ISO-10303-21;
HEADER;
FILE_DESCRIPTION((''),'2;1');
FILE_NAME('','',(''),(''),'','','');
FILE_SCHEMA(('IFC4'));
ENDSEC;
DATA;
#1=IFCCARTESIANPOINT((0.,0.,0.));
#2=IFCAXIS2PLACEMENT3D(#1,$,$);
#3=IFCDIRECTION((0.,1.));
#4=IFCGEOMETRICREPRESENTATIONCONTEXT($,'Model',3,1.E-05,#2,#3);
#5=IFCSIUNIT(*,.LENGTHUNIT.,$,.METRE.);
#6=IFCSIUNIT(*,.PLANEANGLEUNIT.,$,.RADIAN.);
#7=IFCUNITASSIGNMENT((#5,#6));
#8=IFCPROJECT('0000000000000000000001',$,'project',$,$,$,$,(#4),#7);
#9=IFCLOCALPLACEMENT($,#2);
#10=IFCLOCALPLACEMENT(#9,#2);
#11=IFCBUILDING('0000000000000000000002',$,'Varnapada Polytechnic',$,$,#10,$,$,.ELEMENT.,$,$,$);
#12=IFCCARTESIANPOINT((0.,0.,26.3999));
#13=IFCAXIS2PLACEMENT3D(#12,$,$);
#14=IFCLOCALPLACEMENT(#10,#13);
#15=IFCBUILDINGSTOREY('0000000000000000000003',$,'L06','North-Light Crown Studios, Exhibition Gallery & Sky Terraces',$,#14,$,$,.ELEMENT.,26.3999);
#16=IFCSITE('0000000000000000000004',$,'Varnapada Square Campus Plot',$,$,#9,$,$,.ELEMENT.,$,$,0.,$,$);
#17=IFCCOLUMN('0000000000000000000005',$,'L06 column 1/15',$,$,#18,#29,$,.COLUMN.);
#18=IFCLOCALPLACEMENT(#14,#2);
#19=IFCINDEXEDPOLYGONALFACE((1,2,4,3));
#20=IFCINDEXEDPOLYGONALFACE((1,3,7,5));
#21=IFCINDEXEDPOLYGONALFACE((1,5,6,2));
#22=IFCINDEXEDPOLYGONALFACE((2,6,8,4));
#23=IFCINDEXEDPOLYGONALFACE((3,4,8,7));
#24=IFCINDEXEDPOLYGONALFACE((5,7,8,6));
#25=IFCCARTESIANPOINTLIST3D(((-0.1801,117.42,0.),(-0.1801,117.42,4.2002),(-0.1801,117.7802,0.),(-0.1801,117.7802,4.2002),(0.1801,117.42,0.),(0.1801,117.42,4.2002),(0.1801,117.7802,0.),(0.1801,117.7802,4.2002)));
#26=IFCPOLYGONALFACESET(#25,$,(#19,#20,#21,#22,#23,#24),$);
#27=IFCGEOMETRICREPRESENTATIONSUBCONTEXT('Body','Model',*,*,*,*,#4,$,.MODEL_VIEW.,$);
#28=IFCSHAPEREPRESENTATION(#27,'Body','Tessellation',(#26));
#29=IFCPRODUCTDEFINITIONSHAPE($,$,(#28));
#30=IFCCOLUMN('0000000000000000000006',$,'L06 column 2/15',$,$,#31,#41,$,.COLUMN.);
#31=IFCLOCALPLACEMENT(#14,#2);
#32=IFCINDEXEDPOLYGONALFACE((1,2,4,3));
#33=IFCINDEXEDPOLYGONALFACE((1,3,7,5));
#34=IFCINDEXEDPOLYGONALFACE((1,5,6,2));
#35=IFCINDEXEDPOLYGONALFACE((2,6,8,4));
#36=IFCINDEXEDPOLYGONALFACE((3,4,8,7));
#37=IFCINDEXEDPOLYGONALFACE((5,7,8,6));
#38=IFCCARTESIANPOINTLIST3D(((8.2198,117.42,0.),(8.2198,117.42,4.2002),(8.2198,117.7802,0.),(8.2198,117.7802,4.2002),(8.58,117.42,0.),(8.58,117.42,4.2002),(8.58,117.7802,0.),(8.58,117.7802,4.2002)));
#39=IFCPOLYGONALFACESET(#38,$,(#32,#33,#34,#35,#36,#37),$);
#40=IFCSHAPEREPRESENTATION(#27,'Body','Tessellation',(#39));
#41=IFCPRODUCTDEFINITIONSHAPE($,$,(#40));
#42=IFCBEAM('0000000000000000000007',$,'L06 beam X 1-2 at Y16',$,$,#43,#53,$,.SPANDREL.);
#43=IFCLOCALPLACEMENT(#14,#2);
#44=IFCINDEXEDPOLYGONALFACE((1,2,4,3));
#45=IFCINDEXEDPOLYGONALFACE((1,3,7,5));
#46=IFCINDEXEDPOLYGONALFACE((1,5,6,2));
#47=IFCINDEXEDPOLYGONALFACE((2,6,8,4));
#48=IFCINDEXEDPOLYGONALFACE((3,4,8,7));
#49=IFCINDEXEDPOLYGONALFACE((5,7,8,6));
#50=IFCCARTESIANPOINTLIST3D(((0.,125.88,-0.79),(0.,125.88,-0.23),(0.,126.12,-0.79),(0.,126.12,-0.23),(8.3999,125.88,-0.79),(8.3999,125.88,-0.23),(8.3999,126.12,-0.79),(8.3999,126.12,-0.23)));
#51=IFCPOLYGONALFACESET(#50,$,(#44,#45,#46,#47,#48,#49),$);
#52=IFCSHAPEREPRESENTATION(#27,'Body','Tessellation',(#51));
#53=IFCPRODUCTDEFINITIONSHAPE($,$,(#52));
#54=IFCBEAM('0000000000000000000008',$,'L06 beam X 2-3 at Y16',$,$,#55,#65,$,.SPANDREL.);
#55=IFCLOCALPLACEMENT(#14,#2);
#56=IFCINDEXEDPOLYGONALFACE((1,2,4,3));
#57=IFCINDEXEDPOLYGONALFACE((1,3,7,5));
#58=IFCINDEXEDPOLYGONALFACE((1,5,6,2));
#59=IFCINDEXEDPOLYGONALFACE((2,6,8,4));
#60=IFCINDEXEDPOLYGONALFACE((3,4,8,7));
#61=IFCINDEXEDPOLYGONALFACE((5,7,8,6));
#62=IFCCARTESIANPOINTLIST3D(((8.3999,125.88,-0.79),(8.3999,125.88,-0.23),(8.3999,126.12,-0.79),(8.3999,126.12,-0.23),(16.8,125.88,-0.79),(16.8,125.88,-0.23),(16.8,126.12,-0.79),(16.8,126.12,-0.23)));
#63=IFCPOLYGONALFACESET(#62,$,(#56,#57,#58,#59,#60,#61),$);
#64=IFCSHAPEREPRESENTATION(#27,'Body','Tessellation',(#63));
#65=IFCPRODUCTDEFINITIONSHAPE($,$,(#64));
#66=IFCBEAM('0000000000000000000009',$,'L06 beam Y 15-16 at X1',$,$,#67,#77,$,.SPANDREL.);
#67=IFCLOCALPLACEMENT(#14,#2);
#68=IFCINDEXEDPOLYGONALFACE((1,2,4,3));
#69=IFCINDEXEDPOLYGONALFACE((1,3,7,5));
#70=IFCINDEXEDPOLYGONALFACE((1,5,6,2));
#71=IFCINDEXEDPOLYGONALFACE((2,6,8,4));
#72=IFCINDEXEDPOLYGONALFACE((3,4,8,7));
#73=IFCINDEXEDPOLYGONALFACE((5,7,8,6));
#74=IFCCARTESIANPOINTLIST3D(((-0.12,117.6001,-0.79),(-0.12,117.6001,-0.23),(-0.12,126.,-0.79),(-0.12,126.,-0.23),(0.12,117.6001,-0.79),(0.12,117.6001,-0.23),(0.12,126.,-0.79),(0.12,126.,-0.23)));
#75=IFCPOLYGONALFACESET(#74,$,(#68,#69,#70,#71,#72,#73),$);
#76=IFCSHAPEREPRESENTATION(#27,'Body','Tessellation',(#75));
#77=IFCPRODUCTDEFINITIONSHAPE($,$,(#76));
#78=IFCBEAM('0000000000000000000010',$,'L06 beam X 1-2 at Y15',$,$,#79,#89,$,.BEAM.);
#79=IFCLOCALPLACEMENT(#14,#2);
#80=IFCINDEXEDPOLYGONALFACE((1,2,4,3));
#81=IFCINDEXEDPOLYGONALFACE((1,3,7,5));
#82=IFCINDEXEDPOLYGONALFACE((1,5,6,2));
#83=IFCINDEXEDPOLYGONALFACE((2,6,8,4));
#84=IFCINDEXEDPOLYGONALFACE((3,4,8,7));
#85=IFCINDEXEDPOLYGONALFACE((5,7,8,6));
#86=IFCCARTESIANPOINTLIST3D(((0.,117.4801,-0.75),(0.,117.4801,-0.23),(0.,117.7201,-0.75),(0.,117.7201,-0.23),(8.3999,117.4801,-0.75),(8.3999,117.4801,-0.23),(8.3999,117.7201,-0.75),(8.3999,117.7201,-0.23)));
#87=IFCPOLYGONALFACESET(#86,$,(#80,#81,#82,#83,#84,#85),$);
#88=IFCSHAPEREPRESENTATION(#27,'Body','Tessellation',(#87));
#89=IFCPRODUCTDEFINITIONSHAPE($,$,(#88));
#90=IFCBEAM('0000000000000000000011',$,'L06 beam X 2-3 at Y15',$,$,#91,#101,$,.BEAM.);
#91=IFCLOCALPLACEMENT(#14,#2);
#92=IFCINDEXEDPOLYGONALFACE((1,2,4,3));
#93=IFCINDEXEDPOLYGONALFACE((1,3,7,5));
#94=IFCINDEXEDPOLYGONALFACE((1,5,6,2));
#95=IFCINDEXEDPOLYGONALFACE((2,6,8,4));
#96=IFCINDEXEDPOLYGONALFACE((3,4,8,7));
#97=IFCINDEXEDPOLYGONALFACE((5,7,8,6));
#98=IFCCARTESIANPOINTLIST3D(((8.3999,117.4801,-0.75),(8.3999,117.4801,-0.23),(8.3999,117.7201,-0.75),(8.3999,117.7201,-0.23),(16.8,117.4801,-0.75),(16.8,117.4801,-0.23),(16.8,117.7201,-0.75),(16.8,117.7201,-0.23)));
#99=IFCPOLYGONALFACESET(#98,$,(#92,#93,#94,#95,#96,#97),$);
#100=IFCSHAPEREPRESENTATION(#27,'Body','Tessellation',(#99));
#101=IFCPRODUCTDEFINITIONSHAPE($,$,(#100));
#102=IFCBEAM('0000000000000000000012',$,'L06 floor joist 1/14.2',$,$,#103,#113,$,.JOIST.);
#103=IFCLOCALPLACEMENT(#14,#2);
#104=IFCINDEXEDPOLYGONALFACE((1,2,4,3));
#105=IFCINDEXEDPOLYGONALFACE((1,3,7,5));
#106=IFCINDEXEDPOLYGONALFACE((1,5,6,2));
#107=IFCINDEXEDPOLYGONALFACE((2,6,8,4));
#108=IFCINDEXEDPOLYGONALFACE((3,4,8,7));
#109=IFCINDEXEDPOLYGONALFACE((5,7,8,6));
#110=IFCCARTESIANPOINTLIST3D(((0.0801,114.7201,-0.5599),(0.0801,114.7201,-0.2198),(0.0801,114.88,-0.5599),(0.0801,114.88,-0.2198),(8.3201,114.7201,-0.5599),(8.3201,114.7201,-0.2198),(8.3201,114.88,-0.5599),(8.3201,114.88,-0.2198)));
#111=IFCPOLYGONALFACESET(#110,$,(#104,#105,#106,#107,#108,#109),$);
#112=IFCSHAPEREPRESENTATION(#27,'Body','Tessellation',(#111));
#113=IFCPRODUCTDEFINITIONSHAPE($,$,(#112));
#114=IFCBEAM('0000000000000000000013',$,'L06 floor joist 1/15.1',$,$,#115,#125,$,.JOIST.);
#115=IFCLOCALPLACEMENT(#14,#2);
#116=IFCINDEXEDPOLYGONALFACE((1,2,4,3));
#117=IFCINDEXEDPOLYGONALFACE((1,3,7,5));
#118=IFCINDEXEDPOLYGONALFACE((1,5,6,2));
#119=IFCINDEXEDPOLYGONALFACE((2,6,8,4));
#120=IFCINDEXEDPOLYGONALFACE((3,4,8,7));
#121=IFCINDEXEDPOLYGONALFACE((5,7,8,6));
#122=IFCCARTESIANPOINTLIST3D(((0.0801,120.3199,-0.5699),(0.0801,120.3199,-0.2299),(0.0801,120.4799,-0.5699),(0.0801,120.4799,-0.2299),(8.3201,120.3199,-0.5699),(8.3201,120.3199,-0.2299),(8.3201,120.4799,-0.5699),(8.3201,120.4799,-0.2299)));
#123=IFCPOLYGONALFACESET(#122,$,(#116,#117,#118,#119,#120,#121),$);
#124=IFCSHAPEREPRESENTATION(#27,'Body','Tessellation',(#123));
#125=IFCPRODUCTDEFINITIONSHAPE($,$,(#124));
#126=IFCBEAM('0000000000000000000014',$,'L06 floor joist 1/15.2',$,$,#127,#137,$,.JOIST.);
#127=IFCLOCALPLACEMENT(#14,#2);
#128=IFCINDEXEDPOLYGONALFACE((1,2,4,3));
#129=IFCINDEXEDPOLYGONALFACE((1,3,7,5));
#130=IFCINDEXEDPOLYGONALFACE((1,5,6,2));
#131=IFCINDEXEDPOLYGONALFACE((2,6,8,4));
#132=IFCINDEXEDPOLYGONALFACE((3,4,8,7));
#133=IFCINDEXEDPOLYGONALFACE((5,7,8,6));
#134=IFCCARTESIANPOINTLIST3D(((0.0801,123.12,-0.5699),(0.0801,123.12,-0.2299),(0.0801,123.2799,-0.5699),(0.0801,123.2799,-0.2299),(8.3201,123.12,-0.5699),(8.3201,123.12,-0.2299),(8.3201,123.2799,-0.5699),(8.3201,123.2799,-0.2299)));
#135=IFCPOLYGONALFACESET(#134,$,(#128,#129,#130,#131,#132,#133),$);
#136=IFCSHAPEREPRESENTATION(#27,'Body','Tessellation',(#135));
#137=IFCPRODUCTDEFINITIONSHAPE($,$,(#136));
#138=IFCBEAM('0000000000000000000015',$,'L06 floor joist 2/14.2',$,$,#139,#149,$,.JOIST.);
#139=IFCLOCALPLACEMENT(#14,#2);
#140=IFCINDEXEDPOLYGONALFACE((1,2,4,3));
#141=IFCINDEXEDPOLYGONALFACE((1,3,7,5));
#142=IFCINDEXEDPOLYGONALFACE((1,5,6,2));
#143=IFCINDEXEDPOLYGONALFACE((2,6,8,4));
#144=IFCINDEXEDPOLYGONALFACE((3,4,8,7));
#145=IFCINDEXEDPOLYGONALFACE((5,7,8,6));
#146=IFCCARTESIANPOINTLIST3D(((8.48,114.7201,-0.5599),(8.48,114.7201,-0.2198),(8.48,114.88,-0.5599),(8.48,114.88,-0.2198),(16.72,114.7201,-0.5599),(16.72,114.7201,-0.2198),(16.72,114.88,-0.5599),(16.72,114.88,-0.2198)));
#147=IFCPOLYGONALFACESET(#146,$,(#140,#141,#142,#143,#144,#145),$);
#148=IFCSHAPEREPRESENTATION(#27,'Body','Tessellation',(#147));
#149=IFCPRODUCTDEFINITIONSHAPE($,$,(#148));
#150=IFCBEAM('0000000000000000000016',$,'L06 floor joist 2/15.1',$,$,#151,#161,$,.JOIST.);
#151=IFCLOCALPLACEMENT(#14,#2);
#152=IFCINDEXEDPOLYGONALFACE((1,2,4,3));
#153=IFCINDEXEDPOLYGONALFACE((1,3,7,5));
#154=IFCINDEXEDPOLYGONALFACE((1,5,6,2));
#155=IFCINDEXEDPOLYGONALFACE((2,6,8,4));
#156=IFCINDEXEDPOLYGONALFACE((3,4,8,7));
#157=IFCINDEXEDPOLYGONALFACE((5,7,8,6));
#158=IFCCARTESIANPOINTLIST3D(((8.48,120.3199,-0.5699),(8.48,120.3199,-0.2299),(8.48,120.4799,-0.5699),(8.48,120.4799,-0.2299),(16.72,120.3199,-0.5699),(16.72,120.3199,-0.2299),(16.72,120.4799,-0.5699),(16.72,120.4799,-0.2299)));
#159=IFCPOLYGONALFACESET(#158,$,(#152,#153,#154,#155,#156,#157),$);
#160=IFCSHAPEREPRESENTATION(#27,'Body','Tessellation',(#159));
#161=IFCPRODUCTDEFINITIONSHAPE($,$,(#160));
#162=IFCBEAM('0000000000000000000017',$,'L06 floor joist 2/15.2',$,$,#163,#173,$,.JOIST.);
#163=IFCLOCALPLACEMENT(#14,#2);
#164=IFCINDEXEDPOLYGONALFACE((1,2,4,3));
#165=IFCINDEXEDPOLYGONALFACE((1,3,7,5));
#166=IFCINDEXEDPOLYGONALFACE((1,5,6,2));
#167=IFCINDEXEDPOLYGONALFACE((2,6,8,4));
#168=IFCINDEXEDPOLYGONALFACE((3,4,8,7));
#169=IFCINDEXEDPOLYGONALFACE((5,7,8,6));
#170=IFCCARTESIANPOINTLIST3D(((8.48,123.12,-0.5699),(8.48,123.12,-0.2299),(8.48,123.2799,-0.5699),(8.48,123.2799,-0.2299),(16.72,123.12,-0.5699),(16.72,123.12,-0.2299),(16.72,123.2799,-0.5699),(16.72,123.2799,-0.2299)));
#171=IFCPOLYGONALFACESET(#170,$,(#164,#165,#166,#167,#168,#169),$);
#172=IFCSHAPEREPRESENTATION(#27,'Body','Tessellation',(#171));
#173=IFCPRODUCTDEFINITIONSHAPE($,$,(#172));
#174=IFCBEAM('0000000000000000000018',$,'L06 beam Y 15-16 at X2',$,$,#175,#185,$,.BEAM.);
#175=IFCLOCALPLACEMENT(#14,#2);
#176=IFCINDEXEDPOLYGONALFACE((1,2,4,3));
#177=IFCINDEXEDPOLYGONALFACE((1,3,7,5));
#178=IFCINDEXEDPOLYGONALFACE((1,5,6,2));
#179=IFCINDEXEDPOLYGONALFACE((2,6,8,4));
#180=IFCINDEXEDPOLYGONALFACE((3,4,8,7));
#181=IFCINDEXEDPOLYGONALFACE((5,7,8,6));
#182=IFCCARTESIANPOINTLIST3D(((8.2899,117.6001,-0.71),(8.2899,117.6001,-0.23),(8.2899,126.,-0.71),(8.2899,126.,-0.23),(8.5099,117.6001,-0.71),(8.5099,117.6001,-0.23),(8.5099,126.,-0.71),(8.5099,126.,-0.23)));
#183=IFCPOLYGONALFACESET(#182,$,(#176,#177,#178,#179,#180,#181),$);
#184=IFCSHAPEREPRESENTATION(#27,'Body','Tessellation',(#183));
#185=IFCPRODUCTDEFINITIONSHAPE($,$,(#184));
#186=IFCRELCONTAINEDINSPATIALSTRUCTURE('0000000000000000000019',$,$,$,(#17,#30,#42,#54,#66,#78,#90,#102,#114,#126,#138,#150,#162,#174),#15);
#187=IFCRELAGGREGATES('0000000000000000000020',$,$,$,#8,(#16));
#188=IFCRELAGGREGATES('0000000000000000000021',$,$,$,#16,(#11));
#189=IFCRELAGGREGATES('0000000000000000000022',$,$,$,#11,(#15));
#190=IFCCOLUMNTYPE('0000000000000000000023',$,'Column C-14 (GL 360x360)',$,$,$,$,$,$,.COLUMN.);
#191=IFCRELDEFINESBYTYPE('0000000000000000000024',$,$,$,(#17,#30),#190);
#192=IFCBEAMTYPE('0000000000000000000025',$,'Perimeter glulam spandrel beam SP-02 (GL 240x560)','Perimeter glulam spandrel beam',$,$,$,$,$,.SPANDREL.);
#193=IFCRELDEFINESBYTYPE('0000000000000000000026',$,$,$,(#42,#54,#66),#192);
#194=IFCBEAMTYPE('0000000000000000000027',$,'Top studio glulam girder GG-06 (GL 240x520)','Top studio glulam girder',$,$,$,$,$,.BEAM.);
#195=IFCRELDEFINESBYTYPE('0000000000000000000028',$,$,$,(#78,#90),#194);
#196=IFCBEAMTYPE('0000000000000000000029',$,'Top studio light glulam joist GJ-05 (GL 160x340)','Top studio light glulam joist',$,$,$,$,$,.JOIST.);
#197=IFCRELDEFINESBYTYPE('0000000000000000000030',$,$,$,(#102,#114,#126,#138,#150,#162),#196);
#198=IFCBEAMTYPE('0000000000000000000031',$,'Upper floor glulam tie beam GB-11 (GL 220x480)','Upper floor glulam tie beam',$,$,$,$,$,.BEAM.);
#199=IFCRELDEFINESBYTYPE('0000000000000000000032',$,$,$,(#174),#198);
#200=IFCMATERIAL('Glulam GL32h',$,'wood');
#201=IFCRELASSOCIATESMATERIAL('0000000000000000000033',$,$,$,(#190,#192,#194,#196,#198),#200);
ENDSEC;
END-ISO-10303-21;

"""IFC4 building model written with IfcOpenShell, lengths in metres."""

from ifc_helpers import new_model, si_unit, direction, frame, origin, origin_2d, place, context, subcontext, project, spatial, rectangle, extrude, material, material_profile, profile_set, type_object, element, save


model = new_model("IFC4")

# Units and contexts
model_context = context("Model", 3, precision=1e-05, world=origin(), true_north=direction((0.0, 1.0)))
body_context = subcontext(model_context, "Body", "Model", "MODEL_VIEW")
ifc_project = project(units=[si_unit("LENGTHUNIT", "METRE"), si_unit("PLANEANGLEUNIT", "RADIAN")], contexts=[model_context])

# Site, building, storey
site_placement = place(None, origin())
site = spatial("IfcSite", under=ifc_project, at=site_placement, Name="Varnapada Square Campus Plot", CompositionType="ELEMENT", RefElevation=0.0)
building_placement = place(site_placement, origin())
building = spatial("IfcBuilding", under=site, at=building_placement, Name="Varnapada Polytechnic", CompositionType="ELEMENT")
storey_placement = place(building_placement, frame((0.0, 0.0, 26.3999)))
storey = spatial("IfcBuildingStorey", under=building, at=storey_placement, Name="L06", Description="North-Light Crown Studios, Exhibition Gallery & Sky Terraces", CompositionType="ELEMENT", Elevation=26.3999)

# Columns
ifc_material_1 = material(Name="Glulam GL32h", Category="wood")
ifc_material_profile_1 = material_profile(ifc_material_1, rectangle(XDim=0.3601, YDim=0.3601, at=origin_2d()), Name="GL 360x360")
ifc_profile_set_1 = profile_set([ifc_material_profile_1], Name="Glulam GL32h")
column_type = type_object("IfcColumnType", Name="Column C-14 (GL 360x360)", PredefinedType="COLUMN", material=ifc_profile_set_1)
for number, where, z_axis, x_axis, name in (
    (1, (0.0, 117.6001, 0.0), (0.0, 0.0, 1.0), (1.0, 0.0, 0.0), "L06 column 1/15"),
    (2, (8.3999, 117.6001, 0.0), (0.0, 0.0, 1.0), (1.0, 0.0, 0.0), "L06 column 2/15"),
):
    element("IfcColumn", number, at=place(storey_placement, frame(where, z_axis=z_axis, x_axis=x_axis)), inside=storey, type_object=column_type, Name=name, PredefinedType="COLUMN", context=body_context, shape_type="SweptSolid", body=[
        extrude(rectangle(XDim=0.3601, YDim=0.3601, at=origin_2d()), origin(), (0.0, 0.0, 1.0), 4.2002),
    ])

# Beams
ifc_material_profile_2 = material_profile(ifc_material_1, rectangle(XDim=0.24, YDim=0.5601, at=origin_2d()), Name="GL 240x560")
ifc_profile_set_2 = profile_set([ifc_material_profile_2], Name="Glulam GL32h")
beam_type_1 = type_object("IfcBeamType", Name="Perimeter glulam spandrel beam SP-02 (GL 240x560)", Description="Perimeter glulam spandrel beam", PredefinedType="SPANDREL", material=ifc_profile_set_2)
beam_1_placement = place(storey_placement, frame((0.0, 126.0, -0.51), z_axis=(1.0, 0.0, 0.0), x_axis=(0.0, 1.0, 0.0)))
element("IfcBeam", 3, at=beam_1_placement, inside=storey, type_object=beam_type_1, Name="L06 beam X 1-2 at Y16", PredefinedType="SPANDREL", context=body_context, shape_type="SweptSolid", body=[
    extrude(rectangle(XDim=0.24, YDim=0.5601, at=origin_2d()), origin(), (0.0, 0.0, 1.0), 8.3999),
])
beam_2_placement = place(storey_placement, frame((8.3999, 126.0, -0.51), z_axis=(1.0, 0.0, 0.0), x_axis=(0.0, 1.0, 0.0)))
element("IfcBeam", 4, at=beam_2_placement, inside=storey, type_object=beam_type_1, Name="L06 beam X 2-3 at Y16", PredefinedType="SPANDREL", context=body_context, shape_type="SweptSolid", body=[
    extrude(rectangle(XDim=0.24, YDim=0.5601, at=origin_2d()), origin(), (0.0, 0.0, 1.0), 8.4001),
])
beam_3_placement = place(storey_placement, frame((0.0, 117.6001, -0.51), z_axis=(0.0, 1.0, 0.0), x_axis=(-1.0, 0.0, 0.0)))
element("IfcBeam", 5, at=beam_3_placement, inside=storey, type_object=beam_type_1, Name="L06 beam Y 15-16 at X1", PredefinedType="SPANDREL", context=body_context, shape_type="SweptSolid", body=[
    extrude(rectangle(XDim=0.24, YDim=0.5601, at=origin_2d()), origin(), (0.0, 0.0, 1.0), 8.3999),
])
ifc_material_profile_3 = material_profile(ifc_material_1, rectangle(XDim=0.24, YDim=0.52, at=origin_2d()), Name="GL 240x520")
ifc_profile_set_3 = profile_set([ifc_material_profile_3], Name="Glulam GL32h")
beam_type_2 = type_object("IfcBeamType", Name="Top studio glulam girder GG-06 (GL 240x520)", Description="Top studio glulam girder", PredefinedType="BEAM", material=ifc_profile_set_3)
beam_4_placement = place(storey_placement, frame((0.0, 117.6001, -0.49), z_axis=(1.0, 0.0, 0.0), x_axis=(0.0, 1.0, 0.0)))
element("IfcBeam", 6, at=beam_4_placement, inside=storey, type_object=beam_type_2, Name="L06 beam X 1-2 at Y15", PredefinedType="BEAM", context=body_context, shape_type="SweptSolid", body=[
    extrude(rectangle(XDim=0.24, YDim=0.52, at=origin_2d()), origin(), (0.0, 0.0, 1.0), 8.3999),
])
beam_5_placement = place(storey_placement, frame((8.3999, 117.6001, -0.49), z_axis=(1.0, 0.0, 0.0), x_axis=(0.0, 1.0, 0.0)))
element("IfcBeam", 7, at=beam_5_placement, inside=storey, type_object=beam_type_2, Name="L06 beam X 2-3 at Y15", PredefinedType="BEAM", context=body_context, shape_type="SweptSolid", body=[
    extrude(rectangle(XDim=0.24, YDim=0.52, at=origin_2d()), origin(), (0.0, 0.0, 1.0), 8.4001),
])
ifc_material_profile_4 = material_profile(ifc_material_1, rectangle(XDim=0.1599, YDim=0.3401, at=origin_2d()), Name="GL 160x340")
ifc_profile_set_4 = profile_set([ifc_material_profile_4], Name="Glulam GL32h")
beam_type_3 = type_object("IfcBeamType", Name="Top studio light glulam joist GJ-05 (GL 160x340)", Description="Top studio light glulam joist", PredefinedType="JOIST", material=ifc_profile_set_4)
for number, where, z_axis, x_axis, name in (
    (8, (0.0801, 114.8, -0.3899), (1.0, 0.0, 0.0), (0.0, 1.0, 0.0), "L06 floor joist 1/14.2"),
    (9, (0.0801, 120.3999, -0.3999), (1.0, 0.0, 0.0), (0.0, 1.0, 0.0), "L06 floor joist 1/15.1"),
    (10, (0.0801, 123.2, -0.3999), (1.0, 0.0, 0.0), (0.0, 1.0, 0.0), "L06 floor joist 1/15.2"),
    (11, (8.48, 114.8, -0.3899), (1.0, 0.0, 0.0), (0.0, 1.0, 0.0), "L06 floor joist 2/14.2"),
    (12, (8.48, 120.3999, -0.3999), (1.0, 0.0, 0.0), (0.0, 1.0, 0.0), "L06 floor joist 2/15.1"),
    (13, (8.48, 123.2, -0.3999), (1.0, 0.0, 0.0), (0.0, 1.0, 0.0), "L06 floor joist 2/15.2"),
):
    element("IfcBeam", number, at=place(storey_placement, frame(where, z_axis=z_axis, x_axis=x_axis)), inside=storey, type_object=beam_type_3, Name=name, PredefinedType="JOIST", context=body_context, shape_type="SweptSolid", body=[
        extrude(rectangle(XDim=0.1599, YDim=0.3401, at=origin_2d()), origin(), (0.0, 0.0, 1.0), 8.24),
    ])
ifc_material_profile_5 = material_profile(ifc_material_1, rectangle(XDim=0.22, YDim=0.48, at=origin_2d()), Name="GL 220x480")
ifc_profile_set_5 = profile_set([ifc_material_profile_5], Name="Glulam GL32h")
beam_type_4 = type_object("IfcBeamType", Name="Upper floor glulam tie beam GB-11 (GL 220x480)", Description="Upper floor glulam tie beam", PredefinedType="BEAM", material=ifc_profile_set_5)
beam_6_placement = place(storey_placement, frame((8.3999, 117.6001, -0.47), z_axis=(0.0, 1.0, 0.0), x_axis=(-1.0, 0.0, 0.0)))
element("IfcBeam", 14, at=beam_6_placement, inside=storey, type_object=beam_type_4, Name="L06 beam Y 15-16 at X2", PredefinedType="BEAM", context=body_context, shape_type="SweptSolid", body=[
    extrude(rectangle(XDim=0.22, YDim=0.48, at=origin_2d()), origin(), (0.0, 0.0, 1.0), 8.3999),
])

save(model, "model.ifc")
